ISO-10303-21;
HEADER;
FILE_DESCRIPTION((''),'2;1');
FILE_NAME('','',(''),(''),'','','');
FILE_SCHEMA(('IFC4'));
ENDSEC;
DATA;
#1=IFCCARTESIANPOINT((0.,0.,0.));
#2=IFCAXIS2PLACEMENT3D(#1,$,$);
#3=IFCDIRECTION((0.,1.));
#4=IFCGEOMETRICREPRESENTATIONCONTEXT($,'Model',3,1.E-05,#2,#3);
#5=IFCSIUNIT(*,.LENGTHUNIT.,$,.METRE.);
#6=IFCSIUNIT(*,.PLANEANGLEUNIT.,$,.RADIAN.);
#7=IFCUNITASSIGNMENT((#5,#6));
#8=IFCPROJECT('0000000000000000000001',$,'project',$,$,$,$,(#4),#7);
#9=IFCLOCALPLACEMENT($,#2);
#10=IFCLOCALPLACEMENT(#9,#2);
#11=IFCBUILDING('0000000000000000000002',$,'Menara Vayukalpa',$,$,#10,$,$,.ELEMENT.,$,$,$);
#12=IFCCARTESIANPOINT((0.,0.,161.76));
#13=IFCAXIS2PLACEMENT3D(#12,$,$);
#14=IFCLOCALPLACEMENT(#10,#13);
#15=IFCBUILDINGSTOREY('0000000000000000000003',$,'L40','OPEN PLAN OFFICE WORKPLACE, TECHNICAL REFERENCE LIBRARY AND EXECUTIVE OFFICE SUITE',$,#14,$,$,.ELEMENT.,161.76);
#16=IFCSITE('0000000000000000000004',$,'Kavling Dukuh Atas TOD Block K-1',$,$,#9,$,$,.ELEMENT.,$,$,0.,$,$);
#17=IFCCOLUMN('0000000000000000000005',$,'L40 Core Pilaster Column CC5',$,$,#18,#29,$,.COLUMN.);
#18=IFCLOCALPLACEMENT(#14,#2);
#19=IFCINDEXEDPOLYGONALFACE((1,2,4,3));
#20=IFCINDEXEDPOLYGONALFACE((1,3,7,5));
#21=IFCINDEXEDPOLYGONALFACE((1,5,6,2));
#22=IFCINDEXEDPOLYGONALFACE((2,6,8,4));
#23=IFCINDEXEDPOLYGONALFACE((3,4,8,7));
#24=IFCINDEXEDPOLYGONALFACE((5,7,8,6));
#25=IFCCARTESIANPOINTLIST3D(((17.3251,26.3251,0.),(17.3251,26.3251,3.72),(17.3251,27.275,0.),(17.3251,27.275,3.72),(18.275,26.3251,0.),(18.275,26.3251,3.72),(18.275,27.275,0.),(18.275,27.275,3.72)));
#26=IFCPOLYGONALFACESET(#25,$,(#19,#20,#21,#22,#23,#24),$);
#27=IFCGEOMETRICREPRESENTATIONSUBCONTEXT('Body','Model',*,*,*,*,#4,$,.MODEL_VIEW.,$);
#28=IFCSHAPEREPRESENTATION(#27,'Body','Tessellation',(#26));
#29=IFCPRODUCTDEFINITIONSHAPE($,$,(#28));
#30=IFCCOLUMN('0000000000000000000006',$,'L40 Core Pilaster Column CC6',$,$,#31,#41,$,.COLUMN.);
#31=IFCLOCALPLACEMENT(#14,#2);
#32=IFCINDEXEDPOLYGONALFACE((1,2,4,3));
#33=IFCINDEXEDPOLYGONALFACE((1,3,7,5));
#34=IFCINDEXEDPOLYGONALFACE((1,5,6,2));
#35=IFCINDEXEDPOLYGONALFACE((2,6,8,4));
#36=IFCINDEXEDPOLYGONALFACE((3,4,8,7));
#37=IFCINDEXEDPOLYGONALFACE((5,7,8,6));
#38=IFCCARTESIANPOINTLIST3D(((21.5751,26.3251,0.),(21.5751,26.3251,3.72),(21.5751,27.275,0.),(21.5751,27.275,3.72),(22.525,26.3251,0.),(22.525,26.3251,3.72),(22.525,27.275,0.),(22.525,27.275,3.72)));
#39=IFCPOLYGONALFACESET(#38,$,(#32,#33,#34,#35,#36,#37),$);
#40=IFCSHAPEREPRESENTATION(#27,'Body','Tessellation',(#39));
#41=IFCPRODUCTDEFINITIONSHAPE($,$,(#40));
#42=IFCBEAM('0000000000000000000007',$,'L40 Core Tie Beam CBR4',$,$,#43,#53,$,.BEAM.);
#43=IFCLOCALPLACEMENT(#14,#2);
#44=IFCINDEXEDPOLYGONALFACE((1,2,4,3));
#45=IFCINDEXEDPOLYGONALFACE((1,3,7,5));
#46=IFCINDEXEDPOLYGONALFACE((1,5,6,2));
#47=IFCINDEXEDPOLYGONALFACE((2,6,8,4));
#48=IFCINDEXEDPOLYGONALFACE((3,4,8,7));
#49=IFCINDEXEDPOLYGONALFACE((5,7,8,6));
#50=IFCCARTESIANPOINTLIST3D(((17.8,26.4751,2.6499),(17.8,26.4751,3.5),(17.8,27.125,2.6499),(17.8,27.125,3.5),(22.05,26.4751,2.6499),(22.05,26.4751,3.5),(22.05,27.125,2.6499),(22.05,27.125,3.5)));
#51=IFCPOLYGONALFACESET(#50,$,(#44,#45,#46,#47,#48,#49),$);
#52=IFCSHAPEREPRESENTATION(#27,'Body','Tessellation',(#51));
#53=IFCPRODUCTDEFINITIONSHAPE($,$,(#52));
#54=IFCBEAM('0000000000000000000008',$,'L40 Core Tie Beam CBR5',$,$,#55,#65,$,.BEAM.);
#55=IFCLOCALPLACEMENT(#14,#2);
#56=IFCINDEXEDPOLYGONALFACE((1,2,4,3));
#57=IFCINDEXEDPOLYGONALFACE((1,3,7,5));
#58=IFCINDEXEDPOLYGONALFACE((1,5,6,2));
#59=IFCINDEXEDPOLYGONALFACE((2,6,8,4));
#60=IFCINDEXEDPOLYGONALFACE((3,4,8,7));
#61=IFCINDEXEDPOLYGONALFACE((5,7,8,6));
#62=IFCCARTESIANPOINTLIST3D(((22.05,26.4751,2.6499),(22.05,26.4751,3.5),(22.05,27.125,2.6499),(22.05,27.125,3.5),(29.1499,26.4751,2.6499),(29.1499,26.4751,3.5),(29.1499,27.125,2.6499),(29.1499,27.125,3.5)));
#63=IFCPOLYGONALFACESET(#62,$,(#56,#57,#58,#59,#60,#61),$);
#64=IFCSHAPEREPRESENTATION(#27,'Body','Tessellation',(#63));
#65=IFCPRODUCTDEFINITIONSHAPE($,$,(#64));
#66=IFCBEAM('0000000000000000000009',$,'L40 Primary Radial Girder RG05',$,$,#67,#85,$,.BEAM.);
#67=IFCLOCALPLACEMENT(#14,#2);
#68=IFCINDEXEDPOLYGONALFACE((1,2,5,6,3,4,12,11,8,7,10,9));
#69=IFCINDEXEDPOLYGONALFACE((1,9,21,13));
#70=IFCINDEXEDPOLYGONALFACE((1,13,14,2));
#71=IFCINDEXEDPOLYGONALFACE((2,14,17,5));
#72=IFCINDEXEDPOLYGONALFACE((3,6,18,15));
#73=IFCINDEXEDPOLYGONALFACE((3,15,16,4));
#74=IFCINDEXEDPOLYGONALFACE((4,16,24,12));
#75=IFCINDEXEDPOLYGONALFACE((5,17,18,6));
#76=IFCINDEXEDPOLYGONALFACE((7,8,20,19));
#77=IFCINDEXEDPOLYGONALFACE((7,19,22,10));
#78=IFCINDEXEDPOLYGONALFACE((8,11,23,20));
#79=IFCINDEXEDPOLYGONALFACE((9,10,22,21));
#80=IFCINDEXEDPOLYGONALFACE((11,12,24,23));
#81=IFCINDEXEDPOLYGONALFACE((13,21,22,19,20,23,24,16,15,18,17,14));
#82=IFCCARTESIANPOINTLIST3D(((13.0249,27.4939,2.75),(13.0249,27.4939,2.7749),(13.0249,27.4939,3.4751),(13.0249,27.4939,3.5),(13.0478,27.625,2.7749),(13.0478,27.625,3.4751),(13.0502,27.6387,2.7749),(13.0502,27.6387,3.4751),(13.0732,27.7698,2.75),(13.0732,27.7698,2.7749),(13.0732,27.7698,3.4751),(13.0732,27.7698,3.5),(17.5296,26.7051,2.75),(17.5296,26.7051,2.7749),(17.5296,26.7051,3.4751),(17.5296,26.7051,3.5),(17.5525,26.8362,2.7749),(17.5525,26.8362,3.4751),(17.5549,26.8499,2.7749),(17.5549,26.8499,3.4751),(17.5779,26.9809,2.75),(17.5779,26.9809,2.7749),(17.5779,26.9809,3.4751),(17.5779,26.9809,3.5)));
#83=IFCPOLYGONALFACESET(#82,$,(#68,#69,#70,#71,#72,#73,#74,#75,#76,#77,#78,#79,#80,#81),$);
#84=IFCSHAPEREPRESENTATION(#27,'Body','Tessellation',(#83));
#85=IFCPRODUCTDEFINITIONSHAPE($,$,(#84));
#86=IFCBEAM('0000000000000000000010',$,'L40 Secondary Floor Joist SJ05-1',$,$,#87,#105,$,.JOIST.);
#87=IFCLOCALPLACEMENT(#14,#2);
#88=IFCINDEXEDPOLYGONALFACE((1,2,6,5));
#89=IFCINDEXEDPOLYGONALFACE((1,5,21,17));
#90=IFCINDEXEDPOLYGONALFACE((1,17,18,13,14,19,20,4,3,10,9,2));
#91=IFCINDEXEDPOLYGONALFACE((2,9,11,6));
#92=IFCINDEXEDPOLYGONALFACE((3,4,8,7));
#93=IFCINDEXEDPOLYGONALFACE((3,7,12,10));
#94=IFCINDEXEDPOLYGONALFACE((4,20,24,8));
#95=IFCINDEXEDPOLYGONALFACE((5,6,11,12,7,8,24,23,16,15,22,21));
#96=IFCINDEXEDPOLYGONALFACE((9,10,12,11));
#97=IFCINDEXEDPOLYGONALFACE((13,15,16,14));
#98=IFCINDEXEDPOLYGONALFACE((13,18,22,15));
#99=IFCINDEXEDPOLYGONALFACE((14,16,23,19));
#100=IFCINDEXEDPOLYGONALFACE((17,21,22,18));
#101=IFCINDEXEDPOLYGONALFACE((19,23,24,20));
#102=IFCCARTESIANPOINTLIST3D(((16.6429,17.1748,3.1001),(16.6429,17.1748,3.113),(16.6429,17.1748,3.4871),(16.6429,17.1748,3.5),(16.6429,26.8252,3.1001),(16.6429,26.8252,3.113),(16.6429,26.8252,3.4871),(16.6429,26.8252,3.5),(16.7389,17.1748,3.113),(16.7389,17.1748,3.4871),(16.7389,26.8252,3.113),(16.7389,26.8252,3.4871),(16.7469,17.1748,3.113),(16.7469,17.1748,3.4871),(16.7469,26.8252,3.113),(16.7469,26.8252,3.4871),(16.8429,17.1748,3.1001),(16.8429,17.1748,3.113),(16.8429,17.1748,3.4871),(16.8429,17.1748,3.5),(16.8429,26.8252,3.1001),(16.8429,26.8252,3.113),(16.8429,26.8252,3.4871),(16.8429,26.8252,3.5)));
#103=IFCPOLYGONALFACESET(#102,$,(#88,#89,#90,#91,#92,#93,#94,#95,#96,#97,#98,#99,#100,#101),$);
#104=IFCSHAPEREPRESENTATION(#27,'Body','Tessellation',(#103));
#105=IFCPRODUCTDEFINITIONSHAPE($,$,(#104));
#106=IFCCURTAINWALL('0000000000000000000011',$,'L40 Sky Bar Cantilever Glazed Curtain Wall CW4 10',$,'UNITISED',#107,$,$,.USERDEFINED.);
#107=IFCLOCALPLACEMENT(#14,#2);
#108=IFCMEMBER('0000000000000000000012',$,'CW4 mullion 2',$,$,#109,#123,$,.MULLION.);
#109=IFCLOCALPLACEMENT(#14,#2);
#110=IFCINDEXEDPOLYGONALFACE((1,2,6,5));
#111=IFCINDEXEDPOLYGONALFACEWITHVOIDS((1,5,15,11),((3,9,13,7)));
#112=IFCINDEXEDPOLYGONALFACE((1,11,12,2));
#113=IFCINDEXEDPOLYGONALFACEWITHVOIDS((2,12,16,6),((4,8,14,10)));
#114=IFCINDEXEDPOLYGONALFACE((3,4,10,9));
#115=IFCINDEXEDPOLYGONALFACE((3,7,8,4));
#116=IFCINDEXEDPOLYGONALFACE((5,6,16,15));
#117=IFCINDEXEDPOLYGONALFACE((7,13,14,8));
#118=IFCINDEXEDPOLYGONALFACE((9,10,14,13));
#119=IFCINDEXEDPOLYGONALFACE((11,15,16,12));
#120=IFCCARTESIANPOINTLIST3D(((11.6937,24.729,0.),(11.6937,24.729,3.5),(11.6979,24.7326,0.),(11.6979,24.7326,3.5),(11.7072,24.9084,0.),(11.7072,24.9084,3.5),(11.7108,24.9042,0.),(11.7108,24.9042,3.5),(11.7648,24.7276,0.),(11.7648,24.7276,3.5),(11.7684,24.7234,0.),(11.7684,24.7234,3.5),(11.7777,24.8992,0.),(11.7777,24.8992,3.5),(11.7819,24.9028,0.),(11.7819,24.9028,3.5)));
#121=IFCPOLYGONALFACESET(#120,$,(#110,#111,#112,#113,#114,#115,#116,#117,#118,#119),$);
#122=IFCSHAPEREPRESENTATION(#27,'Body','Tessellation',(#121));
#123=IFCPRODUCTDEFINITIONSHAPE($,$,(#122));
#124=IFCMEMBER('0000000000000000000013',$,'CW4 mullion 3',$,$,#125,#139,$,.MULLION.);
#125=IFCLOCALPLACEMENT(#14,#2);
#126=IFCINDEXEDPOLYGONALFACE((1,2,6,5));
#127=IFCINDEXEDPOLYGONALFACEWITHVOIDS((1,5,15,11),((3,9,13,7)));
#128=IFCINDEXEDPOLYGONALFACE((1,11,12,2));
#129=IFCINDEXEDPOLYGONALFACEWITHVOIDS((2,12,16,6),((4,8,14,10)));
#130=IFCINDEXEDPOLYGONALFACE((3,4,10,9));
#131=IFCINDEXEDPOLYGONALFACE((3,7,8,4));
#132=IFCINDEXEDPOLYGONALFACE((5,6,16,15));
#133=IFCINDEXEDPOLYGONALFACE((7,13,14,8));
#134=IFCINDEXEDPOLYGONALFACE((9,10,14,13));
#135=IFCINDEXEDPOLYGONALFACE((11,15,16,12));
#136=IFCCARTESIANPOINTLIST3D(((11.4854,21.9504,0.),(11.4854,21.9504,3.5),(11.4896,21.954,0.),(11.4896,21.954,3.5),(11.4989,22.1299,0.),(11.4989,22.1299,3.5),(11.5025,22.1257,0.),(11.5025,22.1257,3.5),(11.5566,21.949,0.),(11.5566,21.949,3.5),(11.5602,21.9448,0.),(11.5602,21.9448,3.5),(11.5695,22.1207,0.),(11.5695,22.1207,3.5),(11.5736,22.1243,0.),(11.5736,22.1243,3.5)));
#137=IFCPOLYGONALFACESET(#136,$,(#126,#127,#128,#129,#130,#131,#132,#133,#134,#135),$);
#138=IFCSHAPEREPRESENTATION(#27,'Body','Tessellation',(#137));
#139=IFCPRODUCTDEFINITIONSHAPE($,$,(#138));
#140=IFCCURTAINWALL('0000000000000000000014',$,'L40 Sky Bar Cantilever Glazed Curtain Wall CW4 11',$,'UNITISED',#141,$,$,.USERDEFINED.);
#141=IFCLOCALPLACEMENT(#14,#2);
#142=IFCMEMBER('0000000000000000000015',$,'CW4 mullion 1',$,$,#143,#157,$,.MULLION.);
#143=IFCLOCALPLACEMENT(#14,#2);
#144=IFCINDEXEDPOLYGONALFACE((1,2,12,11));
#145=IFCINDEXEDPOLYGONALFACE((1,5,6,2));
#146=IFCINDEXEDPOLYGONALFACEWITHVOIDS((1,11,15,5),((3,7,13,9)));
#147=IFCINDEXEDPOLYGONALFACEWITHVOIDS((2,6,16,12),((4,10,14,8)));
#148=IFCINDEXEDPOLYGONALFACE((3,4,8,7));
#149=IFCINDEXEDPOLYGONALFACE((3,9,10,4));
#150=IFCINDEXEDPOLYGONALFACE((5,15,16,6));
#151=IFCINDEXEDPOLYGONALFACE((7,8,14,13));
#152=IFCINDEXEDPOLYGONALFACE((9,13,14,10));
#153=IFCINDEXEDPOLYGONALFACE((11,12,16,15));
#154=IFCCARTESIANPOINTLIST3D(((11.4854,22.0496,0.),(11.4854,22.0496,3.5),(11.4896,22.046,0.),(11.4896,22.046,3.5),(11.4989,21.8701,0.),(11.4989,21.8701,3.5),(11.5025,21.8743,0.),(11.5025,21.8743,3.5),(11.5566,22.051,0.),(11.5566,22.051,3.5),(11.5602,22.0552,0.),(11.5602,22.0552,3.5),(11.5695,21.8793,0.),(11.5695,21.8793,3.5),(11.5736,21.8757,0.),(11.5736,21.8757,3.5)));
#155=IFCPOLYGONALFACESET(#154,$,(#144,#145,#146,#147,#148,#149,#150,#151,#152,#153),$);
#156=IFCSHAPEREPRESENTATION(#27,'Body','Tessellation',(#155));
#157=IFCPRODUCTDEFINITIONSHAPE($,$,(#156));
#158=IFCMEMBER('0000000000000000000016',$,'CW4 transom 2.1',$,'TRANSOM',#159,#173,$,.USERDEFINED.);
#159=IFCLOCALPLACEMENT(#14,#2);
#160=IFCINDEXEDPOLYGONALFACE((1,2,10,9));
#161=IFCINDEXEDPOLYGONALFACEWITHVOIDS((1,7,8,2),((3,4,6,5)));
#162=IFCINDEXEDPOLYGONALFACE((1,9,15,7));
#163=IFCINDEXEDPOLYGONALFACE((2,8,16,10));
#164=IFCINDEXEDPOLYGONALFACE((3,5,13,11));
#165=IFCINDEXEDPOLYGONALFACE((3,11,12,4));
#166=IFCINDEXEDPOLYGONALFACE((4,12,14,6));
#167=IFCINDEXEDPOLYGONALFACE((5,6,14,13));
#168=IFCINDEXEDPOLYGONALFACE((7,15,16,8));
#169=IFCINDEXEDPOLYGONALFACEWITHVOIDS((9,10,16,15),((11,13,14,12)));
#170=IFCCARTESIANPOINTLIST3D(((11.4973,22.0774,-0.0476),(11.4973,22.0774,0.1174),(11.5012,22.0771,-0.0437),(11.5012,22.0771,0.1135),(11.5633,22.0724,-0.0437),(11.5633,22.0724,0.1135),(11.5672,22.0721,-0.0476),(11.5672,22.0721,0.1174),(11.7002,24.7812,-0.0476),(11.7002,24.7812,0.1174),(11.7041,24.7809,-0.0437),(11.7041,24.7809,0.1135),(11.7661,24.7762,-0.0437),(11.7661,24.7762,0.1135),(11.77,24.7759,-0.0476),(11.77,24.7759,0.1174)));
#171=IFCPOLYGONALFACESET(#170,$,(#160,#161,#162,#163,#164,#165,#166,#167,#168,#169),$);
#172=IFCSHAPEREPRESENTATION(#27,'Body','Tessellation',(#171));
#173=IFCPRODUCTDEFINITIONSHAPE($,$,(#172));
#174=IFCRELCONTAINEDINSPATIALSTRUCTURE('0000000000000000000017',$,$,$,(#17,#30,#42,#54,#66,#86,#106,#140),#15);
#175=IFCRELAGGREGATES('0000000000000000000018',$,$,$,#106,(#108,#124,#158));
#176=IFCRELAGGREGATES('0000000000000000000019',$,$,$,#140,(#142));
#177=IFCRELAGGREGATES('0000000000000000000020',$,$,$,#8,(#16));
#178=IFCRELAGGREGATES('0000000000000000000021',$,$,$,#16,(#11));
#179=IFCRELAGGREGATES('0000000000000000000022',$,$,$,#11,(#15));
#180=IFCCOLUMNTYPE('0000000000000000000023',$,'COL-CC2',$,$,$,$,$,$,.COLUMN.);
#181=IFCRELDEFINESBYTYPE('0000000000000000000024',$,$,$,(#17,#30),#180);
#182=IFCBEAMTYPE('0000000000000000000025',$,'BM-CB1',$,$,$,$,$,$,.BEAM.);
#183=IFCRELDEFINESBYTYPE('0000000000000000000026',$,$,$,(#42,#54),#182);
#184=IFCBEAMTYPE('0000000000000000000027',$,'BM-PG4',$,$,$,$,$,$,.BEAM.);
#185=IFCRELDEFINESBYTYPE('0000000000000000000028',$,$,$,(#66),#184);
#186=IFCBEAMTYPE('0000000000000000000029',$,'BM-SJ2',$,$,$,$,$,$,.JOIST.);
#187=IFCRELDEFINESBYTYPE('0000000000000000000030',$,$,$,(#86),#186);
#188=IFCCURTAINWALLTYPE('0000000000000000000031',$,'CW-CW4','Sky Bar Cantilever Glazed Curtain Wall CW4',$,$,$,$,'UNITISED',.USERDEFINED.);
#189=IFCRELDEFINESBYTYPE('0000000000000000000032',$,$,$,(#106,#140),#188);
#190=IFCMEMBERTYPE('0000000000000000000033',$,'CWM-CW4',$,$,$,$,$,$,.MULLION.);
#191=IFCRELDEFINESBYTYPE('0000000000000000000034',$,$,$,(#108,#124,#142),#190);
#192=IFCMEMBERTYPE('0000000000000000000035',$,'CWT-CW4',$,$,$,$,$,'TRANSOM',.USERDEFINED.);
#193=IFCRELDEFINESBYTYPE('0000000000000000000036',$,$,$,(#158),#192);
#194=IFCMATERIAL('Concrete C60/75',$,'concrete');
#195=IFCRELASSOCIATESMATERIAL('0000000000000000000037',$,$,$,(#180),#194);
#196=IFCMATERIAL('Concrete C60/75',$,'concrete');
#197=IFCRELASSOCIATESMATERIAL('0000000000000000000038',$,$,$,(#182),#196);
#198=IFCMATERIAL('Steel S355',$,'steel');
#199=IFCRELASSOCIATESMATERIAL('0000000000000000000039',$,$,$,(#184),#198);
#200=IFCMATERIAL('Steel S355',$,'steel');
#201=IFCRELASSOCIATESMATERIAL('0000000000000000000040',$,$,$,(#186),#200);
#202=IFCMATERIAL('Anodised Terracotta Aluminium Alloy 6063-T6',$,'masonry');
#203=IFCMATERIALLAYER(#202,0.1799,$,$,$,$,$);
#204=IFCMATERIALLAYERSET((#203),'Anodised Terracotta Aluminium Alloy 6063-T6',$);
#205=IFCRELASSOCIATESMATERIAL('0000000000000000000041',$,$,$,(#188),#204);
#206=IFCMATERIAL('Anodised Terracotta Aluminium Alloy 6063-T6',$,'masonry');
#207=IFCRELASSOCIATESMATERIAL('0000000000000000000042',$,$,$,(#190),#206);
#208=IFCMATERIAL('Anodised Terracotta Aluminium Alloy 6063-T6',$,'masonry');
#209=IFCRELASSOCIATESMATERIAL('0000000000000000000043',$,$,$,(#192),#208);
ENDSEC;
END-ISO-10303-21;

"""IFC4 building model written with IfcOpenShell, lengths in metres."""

from ifc_helpers import new_model, si_unit, direction, frame, origin, origin_2d, place, context, subcontext, project, spatial, rectangle, hollow_rectangle, i_section, extrude, material, layer, layer_set, material_profile, profile_set, type_object, element, aggregate, save


model = new_model("IFC4")

# Units and contexts
model_context = context("Model", 3, precision=1e-05, world=origin(), true_north=direction((0.0, 1.0)))
body_context = subcontext(model_context, "Body", "Model", "MODEL_VIEW")
ifc_project = project(units=[si_unit("LENGTHUNIT", "METRE"), si_unit("PLANEANGLEUNIT", "RADIAN")], contexts=[model_context])

# Site, building, storey
site_placement = place(None, origin())
site = spatial("IfcSite", under=ifc_project, at=site_placement, Name="Kavling Dukuh Atas TOD Block K-1", CompositionType="ELEMENT", RefElevation=0.0)
building_placement = place(site_placement, origin())
building = spatial("IfcBuilding", under=site, at=building_placement, Name="Menara Vayukalpa", CompositionType="ELEMENT")
storey_placement = place(building_placement, frame((0.0, 0.0, 161.76)))
storey = spatial("IfcBuildingStorey", under=building, at=storey_placement, Name="L40", Description="OPEN PLAN OFFICE WORKPLACE, TECHNICAL REFERENCE LIBRARY AND EXECUTIVE OFFICE SUITE", CompositionType="ELEMENT", Elevation=161.76)

# Columns
ifc_material_1 = material(Name="Concrete C60/75", Category="concrete")
ifc_material_profile_1 = material_profile(ifc_material_1, rectangle(XDim=0.95, YDim=0.95, at=origin_2d()), Name="RC 950x950")
ifc_profile_set_1 = profile_set([ifc_material_profile_1], Name="Concrete C60/75")
column_type = type_object("IfcColumnType", Name="COL-CC2", PredefinedType="COLUMN", material=ifc_profile_set_1)
for number, where, z_axis, x_axis, name in (
    (1, (17.8, 26.8, 0.0), (0.0, 0.0, 1.0), (1.0, 0.0, 0.0), "L40 Core Pilaster Column CC5"),
    (2, (22.05, 26.8, 0.0), (0.0, 0.0, 1.0), (1.0, 0.0, 0.0), "L40 Core Pilaster Column CC6"),
):
    element("IfcColumn", number, at=place(storey_placement, frame(where, z_axis=z_axis, x_axis=x_axis)), inside=storey, type_object=column_type, Name=name, PredefinedType="COLUMN", context=body_context, shape_type="SweptSolid", body=[
        extrude(rectangle(XDim=0.95, YDim=0.95, at=origin_2d()), origin(), (0.0, 0.0, 1.0), 3.72),
    ])

# Beams
ifc_material_2 = material(Name="Concrete C60/75", Category="concrete")
ifc_material_profile_2 = material_profile(ifc_material_2, rectangle(XDim=0.6499, YDim=0.8501, at=origin_2d()), Name="RC 650x850")
ifc_profile_set_2 = profile_set([ifc_material_profile_2], Name="Concrete C60/75")
beam_type_1 = type_object("IfcBeamType", Name="BM-CB1", PredefinedType="BEAM", material=ifc_profile_set_2)
beam_1_placement = place(storey_placement, frame((17.8, 26.8, 3.075), z_axis=(1.0, 0.0, 0.0), x_axis=(0.0, 1.0, 0.0)))
element("IfcBeam", 3, at=beam_1_placement, inside=storey, type_object=beam_type_1, Name="L40 Core Tie Beam CBR4", PredefinedType="BEAM", context=body_context, shape_type="SweptSolid", body=[
    extrude(rectangle(XDim=0.6499, YDim=0.8501, at=origin_2d()), origin(), (0.0, 0.0, 1.0), 4.25),
])
beam_2_placement = place(storey_placement, frame((22.05, 26.8, 3.075), z_axis=(1.0, 0.0, 0.0), x_axis=(0.0, 1.0, 0.0)))
element("IfcBeam", 4, at=beam_2_placement, inside=storey, type_object=beam_type_1, Name="L40 Core Tie Beam CBR5", PredefinedType="BEAM", context=body_context, shape_type="SweptSolid", body=[
    extrude(rectangle(XDim=0.6499, YDim=0.8501, at=origin_2d()), origin(), (0.0, 0.0, 1.0), 7.0999),
])
ifc_material_3 = material(Name="Steel S355", Category="steel")
ifc_material_profile_3 = material_profile(ifc_material_3, i_section(OverallWidth=0.28, OverallDepth=0.75, WebThickness=0.0139, FlangeThickness=0.0249, at=origin_2d()), Name="WF 750x280x14x25")
ifc_profile_set_3 = profile_set([ifc_material_profile_3], Name="Steel S355")
beam_type_2 = type_object("IfcBeamType", Name="BM-PG4", PredefinedType="BEAM", material=ifc_profile_set_3)
beam_3_placement = place(storey_placement, frame((17.5537, 26.843, 3.125), z_axis=(-0.985012, 0.172488, 0.0), x_axis=(-0.172488, -0.985012, 0.0)))
element("IfcBeam", 5, at=beam_3_placement, inside=storey, type_object=beam_type_2, Name="L40 Primary Radial Girder RG05", PredefinedType="BEAM", context=body_context, shape_type="SweptSolid", body=[
    extrude(i_section(OverallWidth=0.28, OverallDepth=0.75, WebThickness=0.0139, FlangeThickness=0.0249, at=origin_2d()), origin(), (0.0, 0.0, 1.0), 4.5732),
])
ifc_material_4 = material(Name="Steel S355", Category="steel")
ifc_material_profile_4 = material_profile(ifc_material_4, i_section(OverallWidth=0.2, OverallDepth=0.3999, WebThickness=0.0081, FlangeThickness=0.0129, at=origin_2d()), Name="WF 400x200x8x13")
ifc_profile_set_4 = profile_set([ifc_material_profile_4], Name="Steel S355")
beam_type_3 = type_object("IfcBeamType", Name="BM-SJ2", PredefinedType="JOIST", material=ifc_profile_set_4)
beam_4_placement = place(storey_placement, frame((16.7429, 26.8252, 3.3), z_axis=(0.0, -1.0, 0.0), x_axis=(1.0, 0.0, 0.0)))
element("IfcBeam", 6, at=beam_4_placement, inside=storey, type_object=beam_type_3, Name="L40 Secondary Floor Joist SJ05-1", PredefinedType="JOIST", context=body_context, shape_type="SweptSolid", body=[
    extrude(i_section(OverallWidth=0.2, OverallDepth=0.3999, WebThickness=0.0081, FlangeThickness=0.0129, at=origin_2d()), origin(), (0.0, 0.0, 1.0), 9.6504),
])

# Curtain wall, members
ifc_material_5 = material(Name="Anodised Terracotta Aluminium Alloy 6063-T6", Category="masonry")
ifc_layer_1 = layer(ifc_material_5, 0.1799)
ifc_layer_set_1 = layer_set([ifc_layer_1], Name="Anodised Terracotta Aluminium Alloy 6063-T6")
curtain_wall_type = type_object("IfcCurtainWallType", Name="CW-CW4", Description="Sky Bar Cantilever Glazed Curtain Wall CW4", ElementType="UNITISED", PredefinedType="USERDEFINED", material=ifc_layer_set_1)
curtain_wall_1_placement = place(storey_placement, origin())
curtain_wall_1 = element("IfcCurtainWall", 7, at=curtain_wall_1_placement, inside=storey, type_object=curtain_wall_type, Name="L40 Sky Bar Cantilever Glazed Curtain Wall CW4 10", ObjectType="UNITISED", PredefinedType="USERDEFINED")
ifc_material_6 = material(Name="Anodised Terracotta Aluminium Alloy 6063-T6", Category="masonry")
ifc_material_profile_5 = material_profile(ifc_material_6, hollow_rectangle(XDim=0.075, YDim=0.1799, WallThickness=0.0039, at=origin_2d()), Name="ALU 75x180x4")
ifc_profile_set_5 = profile_set([ifc_material_profile_5], Name="Anodised Terracotta Aluminium Alloy 6063-T6")
member_type_1 = type_object("IfcMemberType", Name="CWM-CW4", PredefinedType="MULLION", material=ifc_profile_set_5)
member_1_placement = place(storey_placement, frame((11.7378, 24.8159, 0.0), z_axis=(0.0, 0.0, 1.0), x_axis=(0.997199, -0.074793, 0.0)))
member_1 = element("IfcMember", 8, at=member_1_placement, type_object=member_type_1, Name="CW4 mullion 2", PredefinedType="MULLION", context=body_context, shape_type="SweptSolid", body=[
    extrude(hollow_rectangle(XDim=0.075, YDim=0.1799, WallThickness=0.0039, at=origin_2d()), origin(), (0.0, 0.0, 1.0), 3.5),
])
member_2_placement = place(storey_placement, frame((11.5295, 22.0374, 0.0), z_axis=(0.0, 0.0, 1.0), x_axis=(0.997199, -0.074793, 0.0)))
member_2 = element("IfcMember", 9, at=member_2_placement, type_object=member_type_1, Name="CW4 mullion 3", PredefinedType="MULLION", context=body_context, shape_type="SweptSolid", body=[
    extrude(hollow_rectangle(XDim=0.075, YDim=0.1799, WallThickness=0.0039, at=origin_2d()), origin(), (0.0, 0.0, 1.0), 3.5),
])

# Curtain wall, member
curtain_wall_2_placement = place(storey_placement, origin())
curtain_wall_2 = element("IfcCurtainWall", 10, at=curtain_wall_2_placement, inside=storey, type_object=curtain_wall_type, Name="L40 Sky Bar Cantilever Glazed Curtain Wall CW4 11", ObjectType="UNITISED", PredefinedType="USERDEFINED")
member_3_placement = place(storey_placement, frame((11.5295, 21.9626, 0.0), z_axis=(0.0, 0.0, 1.0), x_axis=(0.997199, 0.074793, 0.0)))
member_3 = element("IfcMember", 11, at=member_3_placement, type_object=member_type_1, Name="CW4 mullion 1", PredefinedType="MULLION", context=body_context, shape_type="SweptSolid", body=[
    extrude(hollow_rectangle(XDim=0.075, YDim=0.1799, WallThickness=0.0039, at=origin_2d()), origin(), (0.0, 0.0, 1.0), 3.5),
])

# Member
ifc_material_7 = material(Name="Anodised Terracotta Aluminium Alloy 6063-T6", Category="masonry")
ifc_material_profile_6 = material_profile(ifc_material_7, hollow_rectangle(XDim=0.0701, YDim=0.165, WallThickness=0.0039, at=origin_2d()), Name="ALU 70x165x4")
ifc_profile_set_6 = profile_set([ifc_material_profile_6], Name="Anodised Terracotta Aluminium Alloy 6063-T6")
member_type_2 = type_object("IfcMemberType", Name="CWT-CW4", ElementType="TRANSOM", PredefinedType="USERDEFINED", material=ifc_profile_set_6)
member_4_placement = place(storey_placement, frame((11.7351, 24.7786, 0.0349), z_axis=(-0.074824, -0.997197, 0.0), x_axis=(0.997197, -0.074824, 0.0)))
member_4 = element("IfcMember", 12, at=member_4_placement, type_object=member_type_2, Name="CW4 transom 2.1", ObjectType="TRANSOM", PredefinedType="USERDEFINED", context=body_context, shape_type="SweptSolid", body=[
    extrude(hollow_rectangle(XDim=0.0701, YDim=0.165, WallThickness=0.0039, at=origin_2d()), origin(), (0.0, 0.0, 1.0), 2.7114),
])

aggregate(curtain_wall_1, [member_1, member_2, member_4])
aggregate(curtain_wall_2, [member_3])

save(model, "model.ifc")
